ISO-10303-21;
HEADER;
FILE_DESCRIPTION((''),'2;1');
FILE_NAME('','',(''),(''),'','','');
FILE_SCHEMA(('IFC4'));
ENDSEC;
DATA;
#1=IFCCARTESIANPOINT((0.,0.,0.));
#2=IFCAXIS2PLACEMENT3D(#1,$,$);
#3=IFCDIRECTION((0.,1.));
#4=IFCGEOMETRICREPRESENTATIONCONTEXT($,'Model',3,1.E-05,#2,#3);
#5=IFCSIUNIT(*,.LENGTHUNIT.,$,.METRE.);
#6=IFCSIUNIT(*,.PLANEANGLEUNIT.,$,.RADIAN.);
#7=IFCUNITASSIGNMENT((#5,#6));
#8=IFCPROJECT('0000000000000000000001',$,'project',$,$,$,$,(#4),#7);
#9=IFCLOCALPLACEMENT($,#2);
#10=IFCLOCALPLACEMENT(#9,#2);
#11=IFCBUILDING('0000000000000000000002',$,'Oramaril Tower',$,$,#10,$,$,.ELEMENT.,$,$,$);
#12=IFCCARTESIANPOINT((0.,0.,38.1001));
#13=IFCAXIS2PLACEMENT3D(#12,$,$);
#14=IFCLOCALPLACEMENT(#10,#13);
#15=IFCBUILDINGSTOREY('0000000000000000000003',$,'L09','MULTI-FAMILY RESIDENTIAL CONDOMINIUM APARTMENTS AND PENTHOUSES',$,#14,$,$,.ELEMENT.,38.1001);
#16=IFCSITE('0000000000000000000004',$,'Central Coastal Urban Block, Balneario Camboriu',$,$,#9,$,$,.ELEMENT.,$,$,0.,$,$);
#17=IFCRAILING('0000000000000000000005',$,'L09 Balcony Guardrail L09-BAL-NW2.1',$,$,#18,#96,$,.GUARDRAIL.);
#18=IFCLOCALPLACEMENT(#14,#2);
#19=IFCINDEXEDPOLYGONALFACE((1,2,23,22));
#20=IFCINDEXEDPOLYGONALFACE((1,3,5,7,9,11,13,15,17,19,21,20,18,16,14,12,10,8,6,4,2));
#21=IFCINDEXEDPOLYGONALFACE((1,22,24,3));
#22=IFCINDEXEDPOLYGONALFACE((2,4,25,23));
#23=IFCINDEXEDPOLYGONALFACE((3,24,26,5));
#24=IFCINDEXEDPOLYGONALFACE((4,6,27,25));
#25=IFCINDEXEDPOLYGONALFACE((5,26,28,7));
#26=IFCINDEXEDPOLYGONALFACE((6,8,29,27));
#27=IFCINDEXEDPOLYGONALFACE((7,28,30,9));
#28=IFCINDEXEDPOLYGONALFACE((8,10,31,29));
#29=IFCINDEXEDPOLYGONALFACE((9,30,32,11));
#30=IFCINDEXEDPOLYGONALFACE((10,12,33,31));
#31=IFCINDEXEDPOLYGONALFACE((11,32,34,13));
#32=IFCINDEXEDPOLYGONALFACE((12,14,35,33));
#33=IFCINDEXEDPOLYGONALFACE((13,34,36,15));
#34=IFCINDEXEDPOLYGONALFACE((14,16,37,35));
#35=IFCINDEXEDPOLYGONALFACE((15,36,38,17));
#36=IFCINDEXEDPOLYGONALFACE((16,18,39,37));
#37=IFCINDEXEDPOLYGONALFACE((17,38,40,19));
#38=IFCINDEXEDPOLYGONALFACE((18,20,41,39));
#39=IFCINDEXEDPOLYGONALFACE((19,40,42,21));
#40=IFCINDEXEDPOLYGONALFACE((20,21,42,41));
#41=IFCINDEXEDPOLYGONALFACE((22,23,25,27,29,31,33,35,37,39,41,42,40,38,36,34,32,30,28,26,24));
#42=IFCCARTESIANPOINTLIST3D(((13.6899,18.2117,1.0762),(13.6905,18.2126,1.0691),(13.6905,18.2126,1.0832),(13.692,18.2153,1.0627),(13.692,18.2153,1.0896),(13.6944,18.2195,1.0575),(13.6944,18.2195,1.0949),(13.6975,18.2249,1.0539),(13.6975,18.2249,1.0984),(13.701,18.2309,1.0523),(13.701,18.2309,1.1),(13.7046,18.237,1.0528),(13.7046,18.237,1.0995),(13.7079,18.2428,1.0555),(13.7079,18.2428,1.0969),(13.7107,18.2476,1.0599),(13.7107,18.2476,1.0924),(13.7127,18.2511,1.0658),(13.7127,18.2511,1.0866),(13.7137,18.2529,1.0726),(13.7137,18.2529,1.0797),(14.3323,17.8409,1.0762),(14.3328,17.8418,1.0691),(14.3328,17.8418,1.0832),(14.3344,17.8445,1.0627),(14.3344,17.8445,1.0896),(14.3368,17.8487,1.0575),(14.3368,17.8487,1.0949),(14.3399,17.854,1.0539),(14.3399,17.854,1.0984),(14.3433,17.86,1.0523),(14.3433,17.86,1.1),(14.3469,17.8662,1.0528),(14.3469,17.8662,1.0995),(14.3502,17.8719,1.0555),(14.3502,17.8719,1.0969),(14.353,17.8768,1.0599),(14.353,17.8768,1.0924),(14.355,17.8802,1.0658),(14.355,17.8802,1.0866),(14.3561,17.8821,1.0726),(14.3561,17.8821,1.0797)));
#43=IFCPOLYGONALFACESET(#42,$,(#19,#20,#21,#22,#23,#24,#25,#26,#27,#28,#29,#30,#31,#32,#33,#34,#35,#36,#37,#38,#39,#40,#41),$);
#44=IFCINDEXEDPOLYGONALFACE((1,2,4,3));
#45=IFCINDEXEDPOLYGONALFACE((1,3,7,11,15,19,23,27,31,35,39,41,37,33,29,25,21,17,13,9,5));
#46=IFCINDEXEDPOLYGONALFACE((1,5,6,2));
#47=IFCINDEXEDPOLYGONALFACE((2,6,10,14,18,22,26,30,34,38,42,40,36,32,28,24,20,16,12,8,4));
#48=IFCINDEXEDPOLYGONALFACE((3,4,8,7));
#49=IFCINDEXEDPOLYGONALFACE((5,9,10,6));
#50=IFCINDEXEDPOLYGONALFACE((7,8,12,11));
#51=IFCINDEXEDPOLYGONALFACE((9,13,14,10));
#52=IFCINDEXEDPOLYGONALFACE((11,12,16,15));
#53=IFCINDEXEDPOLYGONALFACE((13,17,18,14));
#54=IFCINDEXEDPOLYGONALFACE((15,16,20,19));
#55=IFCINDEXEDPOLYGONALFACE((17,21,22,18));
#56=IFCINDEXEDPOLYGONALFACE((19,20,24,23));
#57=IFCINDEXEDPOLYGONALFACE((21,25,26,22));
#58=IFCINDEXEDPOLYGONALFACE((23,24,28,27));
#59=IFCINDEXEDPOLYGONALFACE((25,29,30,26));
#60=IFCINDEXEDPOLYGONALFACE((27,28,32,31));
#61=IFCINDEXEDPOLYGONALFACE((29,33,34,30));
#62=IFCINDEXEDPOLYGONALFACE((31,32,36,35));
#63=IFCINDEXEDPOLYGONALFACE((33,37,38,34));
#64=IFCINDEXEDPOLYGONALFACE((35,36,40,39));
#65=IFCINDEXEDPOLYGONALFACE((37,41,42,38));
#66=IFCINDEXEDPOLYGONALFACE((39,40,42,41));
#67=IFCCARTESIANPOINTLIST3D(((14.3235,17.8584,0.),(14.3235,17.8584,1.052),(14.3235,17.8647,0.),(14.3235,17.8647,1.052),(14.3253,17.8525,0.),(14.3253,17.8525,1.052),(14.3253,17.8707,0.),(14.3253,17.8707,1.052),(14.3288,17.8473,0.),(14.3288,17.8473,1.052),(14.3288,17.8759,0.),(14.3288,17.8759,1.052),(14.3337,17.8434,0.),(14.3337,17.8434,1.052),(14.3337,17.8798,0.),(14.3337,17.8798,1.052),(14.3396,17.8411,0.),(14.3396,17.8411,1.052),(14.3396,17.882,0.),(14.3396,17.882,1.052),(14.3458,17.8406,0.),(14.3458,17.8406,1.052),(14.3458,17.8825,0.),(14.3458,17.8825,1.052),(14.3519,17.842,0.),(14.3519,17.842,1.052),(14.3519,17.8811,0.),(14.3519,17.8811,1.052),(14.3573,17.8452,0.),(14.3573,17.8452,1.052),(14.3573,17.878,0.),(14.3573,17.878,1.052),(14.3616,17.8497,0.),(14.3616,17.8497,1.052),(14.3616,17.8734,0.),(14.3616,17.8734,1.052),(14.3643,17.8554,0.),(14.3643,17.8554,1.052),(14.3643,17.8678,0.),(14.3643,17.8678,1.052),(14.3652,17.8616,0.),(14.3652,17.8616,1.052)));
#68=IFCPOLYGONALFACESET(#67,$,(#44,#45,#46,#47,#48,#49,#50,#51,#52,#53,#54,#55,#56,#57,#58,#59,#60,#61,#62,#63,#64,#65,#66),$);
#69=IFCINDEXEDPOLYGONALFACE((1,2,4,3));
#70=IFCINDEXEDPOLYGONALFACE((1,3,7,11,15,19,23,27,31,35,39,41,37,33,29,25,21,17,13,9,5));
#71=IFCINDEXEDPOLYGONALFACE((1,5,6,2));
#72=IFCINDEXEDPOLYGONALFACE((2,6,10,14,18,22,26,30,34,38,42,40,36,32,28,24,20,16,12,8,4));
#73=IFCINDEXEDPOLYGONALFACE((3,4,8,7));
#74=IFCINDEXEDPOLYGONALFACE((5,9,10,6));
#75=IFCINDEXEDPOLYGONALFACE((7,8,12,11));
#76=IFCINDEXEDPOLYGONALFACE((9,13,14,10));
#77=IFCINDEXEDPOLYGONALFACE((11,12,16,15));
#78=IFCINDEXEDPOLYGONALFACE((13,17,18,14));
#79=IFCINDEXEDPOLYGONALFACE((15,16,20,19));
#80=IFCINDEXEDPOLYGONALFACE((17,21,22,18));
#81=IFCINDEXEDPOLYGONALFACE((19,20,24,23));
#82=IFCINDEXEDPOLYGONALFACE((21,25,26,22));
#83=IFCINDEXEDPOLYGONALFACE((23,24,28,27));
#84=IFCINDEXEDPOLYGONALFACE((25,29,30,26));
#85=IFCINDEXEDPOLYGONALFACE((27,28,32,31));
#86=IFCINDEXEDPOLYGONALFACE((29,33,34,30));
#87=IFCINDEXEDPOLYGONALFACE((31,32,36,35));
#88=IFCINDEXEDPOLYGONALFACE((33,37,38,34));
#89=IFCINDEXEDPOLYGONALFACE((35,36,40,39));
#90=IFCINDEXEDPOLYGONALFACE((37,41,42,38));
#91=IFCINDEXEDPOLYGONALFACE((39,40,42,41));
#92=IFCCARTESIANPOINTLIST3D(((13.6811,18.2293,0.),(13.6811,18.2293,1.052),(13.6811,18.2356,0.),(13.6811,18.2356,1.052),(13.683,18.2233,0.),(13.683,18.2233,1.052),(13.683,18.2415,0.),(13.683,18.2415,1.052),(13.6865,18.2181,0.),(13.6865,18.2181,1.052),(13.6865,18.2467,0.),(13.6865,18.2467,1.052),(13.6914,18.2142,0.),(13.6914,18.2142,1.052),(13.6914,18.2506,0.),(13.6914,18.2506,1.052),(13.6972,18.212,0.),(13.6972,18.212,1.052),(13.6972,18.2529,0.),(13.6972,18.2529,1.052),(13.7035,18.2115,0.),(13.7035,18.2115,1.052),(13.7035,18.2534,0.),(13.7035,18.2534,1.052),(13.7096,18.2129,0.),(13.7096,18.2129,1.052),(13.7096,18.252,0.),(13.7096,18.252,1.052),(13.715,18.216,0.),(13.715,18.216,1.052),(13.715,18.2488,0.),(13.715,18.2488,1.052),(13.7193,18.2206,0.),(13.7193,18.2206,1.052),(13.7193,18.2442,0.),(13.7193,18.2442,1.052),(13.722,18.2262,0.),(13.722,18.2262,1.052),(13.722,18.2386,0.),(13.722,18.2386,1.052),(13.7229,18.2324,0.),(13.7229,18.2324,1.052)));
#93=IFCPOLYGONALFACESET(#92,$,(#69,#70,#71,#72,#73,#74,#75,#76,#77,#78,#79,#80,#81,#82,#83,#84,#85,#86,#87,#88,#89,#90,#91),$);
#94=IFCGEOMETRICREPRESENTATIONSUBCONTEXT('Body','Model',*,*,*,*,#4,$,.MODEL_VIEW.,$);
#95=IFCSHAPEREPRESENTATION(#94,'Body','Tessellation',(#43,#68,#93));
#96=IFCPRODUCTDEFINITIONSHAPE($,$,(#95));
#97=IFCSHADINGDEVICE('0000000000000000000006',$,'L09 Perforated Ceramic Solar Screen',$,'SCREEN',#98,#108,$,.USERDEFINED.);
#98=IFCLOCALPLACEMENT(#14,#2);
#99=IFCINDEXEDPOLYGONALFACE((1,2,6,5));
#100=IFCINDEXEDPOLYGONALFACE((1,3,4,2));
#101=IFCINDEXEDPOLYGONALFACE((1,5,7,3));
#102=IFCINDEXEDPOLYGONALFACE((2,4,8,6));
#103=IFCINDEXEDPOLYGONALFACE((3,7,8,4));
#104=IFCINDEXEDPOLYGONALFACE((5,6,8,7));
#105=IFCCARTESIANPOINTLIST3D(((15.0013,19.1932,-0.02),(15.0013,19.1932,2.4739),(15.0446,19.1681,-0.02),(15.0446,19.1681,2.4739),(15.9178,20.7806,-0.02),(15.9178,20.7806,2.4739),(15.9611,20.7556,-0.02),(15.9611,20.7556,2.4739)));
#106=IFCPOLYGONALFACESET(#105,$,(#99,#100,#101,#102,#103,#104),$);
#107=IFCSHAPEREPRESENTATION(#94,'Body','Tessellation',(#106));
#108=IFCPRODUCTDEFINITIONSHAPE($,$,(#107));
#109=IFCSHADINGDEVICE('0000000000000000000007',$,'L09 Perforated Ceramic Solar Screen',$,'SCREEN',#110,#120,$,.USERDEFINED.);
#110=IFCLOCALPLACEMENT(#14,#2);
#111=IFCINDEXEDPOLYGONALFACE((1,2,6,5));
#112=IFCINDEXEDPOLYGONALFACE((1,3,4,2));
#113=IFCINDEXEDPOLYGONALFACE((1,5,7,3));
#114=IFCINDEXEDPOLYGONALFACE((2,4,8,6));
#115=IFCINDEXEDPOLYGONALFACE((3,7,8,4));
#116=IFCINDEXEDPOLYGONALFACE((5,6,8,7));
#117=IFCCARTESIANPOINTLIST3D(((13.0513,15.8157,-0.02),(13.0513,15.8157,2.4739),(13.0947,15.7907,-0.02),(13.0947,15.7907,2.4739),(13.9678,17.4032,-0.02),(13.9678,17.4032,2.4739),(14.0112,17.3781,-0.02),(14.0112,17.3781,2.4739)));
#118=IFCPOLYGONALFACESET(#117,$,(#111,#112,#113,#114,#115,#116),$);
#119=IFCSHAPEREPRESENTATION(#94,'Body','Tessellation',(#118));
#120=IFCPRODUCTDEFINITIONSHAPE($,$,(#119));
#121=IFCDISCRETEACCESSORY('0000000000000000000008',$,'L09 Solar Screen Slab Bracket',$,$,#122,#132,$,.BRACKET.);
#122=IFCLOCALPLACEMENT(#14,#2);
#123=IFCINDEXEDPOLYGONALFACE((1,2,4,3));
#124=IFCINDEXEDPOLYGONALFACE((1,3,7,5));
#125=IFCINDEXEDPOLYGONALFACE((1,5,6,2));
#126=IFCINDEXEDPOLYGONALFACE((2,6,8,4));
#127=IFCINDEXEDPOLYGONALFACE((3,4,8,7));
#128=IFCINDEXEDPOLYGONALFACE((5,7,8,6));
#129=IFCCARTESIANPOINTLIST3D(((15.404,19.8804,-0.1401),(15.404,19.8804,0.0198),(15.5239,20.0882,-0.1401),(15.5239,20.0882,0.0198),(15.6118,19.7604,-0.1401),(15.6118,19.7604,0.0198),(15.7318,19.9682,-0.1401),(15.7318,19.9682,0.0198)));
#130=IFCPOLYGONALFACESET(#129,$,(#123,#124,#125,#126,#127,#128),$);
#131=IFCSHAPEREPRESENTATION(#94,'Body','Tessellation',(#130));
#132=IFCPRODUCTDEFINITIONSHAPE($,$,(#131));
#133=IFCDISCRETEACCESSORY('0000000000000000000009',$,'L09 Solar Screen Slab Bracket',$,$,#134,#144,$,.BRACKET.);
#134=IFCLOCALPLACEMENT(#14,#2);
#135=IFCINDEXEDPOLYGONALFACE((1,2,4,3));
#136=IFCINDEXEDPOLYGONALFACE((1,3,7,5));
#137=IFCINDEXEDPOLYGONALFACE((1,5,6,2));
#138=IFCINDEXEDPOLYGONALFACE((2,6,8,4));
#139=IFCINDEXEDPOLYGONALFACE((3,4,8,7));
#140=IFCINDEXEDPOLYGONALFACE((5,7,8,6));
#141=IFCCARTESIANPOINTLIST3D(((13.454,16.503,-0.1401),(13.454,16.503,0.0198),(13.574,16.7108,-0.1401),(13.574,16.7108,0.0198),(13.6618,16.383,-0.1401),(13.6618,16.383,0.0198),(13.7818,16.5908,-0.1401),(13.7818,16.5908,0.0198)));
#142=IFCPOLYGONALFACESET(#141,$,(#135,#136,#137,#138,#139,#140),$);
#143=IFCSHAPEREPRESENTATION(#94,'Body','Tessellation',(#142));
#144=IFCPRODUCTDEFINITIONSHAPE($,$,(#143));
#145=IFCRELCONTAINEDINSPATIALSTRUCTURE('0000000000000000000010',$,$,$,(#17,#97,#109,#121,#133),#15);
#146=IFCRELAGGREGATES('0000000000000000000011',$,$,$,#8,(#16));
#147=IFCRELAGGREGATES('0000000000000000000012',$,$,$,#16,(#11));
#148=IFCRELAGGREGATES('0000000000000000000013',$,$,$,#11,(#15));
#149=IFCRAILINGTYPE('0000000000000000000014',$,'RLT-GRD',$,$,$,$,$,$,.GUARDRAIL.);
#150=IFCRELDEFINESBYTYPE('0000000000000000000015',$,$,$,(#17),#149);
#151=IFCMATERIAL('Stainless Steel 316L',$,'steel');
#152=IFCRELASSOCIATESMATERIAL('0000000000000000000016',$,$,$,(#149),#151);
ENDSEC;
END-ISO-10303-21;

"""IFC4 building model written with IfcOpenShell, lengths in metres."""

from ifc_helpers import new_model, si_unit, direction, frame, origin, origin_2d, place, context, subcontext, project, spatial, rectangle, circle, extrude, material, type_object, element, save


model = new_model("IFC4")

# Units and contexts
model_context = context("Model", 3, precision=1e-05, world=origin(), true_north=direction((0.0, 1.0)))
body_context = subcontext(model_context, "Body", "Model", "MODEL_VIEW")
ifc_project = project(units=[si_unit("LENGTHUNIT", "METRE"), si_unit("PLANEANGLEUNIT", "RADIAN")], contexts=[model_context])

# Site, building, storey
site_placement = place(None, origin())
site = spatial("IfcSite", under=ifc_project, at=site_placement, Name="Central Coastal Urban Block, Balneario Camboriu", CompositionType="ELEMENT", RefElevation=0.0)
building_placement = place(site_placement, origin())
building = spatial("IfcBuilding", under=site, at=building_placement, Name="Oramaril Tower", CompositionType="ELEMENT")
storey_placement = place(building_placement, frame((0.0, 0.0, 38.1001)))
storey = spatial("IfcBuildingStorey", under=building, at=storey_placement, Name="L09", Description="MULTI-FAMILY RESIDENTIAL CONDOMINIUM APARTMENTS AND PENTHOUSES", CompositionType="ELEMENT", Elevation=38.1001)

# Railing
ifc_material_1 = material(Name="Stainless Steel 316L", Category="steel")
railing_type = type_object("IfcRailingType", Name="RLT-GRD", PredefinedType="GUARDRAIL", material=ifc_material_1)
railing_1_placement = place(storey_placement, frame((14.3442, 17.8616, 0.0)))
element("IfcRailing", 1, at=railing_1_placement, inside=storey, type_object=railing_type, Name="L09 Balcony Guardrail L09-BAL-NW2.1", PredefinedType="GUARDRAIL", context=body_context, shape_type="SweptSolid", body=[
    extrude(circle(Radius=0.0239, at=origin_2d()), frame((0.0, 0.0, 1.0762), z_axis=(-0.866027, 0.499998, 0.0), x_axis=(-0.499998, -0.866027, 0.0)), (0.0, 0.0, 1.0), 0.7417),
    extrude(circle(Radius=0.021, at=origin_2d()), origin(), (0.0, 0.0, 1.0), 1.052),
    extrude(circle(Radius=0.021, at=origin_2d()), frame((-0.6423, 0.3708, 0.0)), (0.0, 0.0, 1.0), 1.052),
])

# Shading devices
for number, where, z_axis, x_axis, name in (
    (2, (15.4812, 19.9744, -0.02), (0.0, 0.0, 1.0), (-0.499998, -0.866026, 0.0), "L09 Perforated Ceramic Solar Screen"),
    (3, (13.5312, 16.5969, -0.02), (0.0, 0.0, 1.0), (-0.499998, -0.866026, 0.0), "L09 Perforated Ceramic Solar Screen"),
):
    element("IfcShadingDevice", number, at=place(storey_placement, frame(where, z_axis=z_axis, x_axis=x_axis)), inside=storey, Name=name, ObjectType="SCREEN", PredefinedType="USERDEFINED", context=body_context, shape_type="SweptSolid", body=[
        extrude(rectangle(XDim=1.833, YDim=0.05, at=origin_2d()), origin(), (0.0, 0.0, 1.0), 2.4939),
    ])

# Discrete accessories
for number, where, z_axis, x_axis, name in (
    (4, (15.5679, 19.9243, -0.1401), (0.0, 0.0, 1.0), (-0.499998, -0.866026, 0.0), "L09 Solar Screen Slab Bracket"),
    (5, (13.6179, 16.5469, -0.1401), (0.0, 0.0, 1.0), (-0.499998, -0.866026, 0.0), "L09 Solar Screen Slab Bracket"),
):
    element("IfcDiscreteAccessory", number, at=place(storey_placement, frame(where, z_axis=z_axis, x_axis=x_axis)), inside=storey, Name=name, PredefinedType="BRACKET", context=body_context, shape_type="SweptSolid", body=[
        extrude(rectangle(XDim=0.24, YDim=0.24, at=origin_2d()), origin(), (0.0, 0.0, 1.0), 0.1599),
    ])

save(model, "model.ifc")
